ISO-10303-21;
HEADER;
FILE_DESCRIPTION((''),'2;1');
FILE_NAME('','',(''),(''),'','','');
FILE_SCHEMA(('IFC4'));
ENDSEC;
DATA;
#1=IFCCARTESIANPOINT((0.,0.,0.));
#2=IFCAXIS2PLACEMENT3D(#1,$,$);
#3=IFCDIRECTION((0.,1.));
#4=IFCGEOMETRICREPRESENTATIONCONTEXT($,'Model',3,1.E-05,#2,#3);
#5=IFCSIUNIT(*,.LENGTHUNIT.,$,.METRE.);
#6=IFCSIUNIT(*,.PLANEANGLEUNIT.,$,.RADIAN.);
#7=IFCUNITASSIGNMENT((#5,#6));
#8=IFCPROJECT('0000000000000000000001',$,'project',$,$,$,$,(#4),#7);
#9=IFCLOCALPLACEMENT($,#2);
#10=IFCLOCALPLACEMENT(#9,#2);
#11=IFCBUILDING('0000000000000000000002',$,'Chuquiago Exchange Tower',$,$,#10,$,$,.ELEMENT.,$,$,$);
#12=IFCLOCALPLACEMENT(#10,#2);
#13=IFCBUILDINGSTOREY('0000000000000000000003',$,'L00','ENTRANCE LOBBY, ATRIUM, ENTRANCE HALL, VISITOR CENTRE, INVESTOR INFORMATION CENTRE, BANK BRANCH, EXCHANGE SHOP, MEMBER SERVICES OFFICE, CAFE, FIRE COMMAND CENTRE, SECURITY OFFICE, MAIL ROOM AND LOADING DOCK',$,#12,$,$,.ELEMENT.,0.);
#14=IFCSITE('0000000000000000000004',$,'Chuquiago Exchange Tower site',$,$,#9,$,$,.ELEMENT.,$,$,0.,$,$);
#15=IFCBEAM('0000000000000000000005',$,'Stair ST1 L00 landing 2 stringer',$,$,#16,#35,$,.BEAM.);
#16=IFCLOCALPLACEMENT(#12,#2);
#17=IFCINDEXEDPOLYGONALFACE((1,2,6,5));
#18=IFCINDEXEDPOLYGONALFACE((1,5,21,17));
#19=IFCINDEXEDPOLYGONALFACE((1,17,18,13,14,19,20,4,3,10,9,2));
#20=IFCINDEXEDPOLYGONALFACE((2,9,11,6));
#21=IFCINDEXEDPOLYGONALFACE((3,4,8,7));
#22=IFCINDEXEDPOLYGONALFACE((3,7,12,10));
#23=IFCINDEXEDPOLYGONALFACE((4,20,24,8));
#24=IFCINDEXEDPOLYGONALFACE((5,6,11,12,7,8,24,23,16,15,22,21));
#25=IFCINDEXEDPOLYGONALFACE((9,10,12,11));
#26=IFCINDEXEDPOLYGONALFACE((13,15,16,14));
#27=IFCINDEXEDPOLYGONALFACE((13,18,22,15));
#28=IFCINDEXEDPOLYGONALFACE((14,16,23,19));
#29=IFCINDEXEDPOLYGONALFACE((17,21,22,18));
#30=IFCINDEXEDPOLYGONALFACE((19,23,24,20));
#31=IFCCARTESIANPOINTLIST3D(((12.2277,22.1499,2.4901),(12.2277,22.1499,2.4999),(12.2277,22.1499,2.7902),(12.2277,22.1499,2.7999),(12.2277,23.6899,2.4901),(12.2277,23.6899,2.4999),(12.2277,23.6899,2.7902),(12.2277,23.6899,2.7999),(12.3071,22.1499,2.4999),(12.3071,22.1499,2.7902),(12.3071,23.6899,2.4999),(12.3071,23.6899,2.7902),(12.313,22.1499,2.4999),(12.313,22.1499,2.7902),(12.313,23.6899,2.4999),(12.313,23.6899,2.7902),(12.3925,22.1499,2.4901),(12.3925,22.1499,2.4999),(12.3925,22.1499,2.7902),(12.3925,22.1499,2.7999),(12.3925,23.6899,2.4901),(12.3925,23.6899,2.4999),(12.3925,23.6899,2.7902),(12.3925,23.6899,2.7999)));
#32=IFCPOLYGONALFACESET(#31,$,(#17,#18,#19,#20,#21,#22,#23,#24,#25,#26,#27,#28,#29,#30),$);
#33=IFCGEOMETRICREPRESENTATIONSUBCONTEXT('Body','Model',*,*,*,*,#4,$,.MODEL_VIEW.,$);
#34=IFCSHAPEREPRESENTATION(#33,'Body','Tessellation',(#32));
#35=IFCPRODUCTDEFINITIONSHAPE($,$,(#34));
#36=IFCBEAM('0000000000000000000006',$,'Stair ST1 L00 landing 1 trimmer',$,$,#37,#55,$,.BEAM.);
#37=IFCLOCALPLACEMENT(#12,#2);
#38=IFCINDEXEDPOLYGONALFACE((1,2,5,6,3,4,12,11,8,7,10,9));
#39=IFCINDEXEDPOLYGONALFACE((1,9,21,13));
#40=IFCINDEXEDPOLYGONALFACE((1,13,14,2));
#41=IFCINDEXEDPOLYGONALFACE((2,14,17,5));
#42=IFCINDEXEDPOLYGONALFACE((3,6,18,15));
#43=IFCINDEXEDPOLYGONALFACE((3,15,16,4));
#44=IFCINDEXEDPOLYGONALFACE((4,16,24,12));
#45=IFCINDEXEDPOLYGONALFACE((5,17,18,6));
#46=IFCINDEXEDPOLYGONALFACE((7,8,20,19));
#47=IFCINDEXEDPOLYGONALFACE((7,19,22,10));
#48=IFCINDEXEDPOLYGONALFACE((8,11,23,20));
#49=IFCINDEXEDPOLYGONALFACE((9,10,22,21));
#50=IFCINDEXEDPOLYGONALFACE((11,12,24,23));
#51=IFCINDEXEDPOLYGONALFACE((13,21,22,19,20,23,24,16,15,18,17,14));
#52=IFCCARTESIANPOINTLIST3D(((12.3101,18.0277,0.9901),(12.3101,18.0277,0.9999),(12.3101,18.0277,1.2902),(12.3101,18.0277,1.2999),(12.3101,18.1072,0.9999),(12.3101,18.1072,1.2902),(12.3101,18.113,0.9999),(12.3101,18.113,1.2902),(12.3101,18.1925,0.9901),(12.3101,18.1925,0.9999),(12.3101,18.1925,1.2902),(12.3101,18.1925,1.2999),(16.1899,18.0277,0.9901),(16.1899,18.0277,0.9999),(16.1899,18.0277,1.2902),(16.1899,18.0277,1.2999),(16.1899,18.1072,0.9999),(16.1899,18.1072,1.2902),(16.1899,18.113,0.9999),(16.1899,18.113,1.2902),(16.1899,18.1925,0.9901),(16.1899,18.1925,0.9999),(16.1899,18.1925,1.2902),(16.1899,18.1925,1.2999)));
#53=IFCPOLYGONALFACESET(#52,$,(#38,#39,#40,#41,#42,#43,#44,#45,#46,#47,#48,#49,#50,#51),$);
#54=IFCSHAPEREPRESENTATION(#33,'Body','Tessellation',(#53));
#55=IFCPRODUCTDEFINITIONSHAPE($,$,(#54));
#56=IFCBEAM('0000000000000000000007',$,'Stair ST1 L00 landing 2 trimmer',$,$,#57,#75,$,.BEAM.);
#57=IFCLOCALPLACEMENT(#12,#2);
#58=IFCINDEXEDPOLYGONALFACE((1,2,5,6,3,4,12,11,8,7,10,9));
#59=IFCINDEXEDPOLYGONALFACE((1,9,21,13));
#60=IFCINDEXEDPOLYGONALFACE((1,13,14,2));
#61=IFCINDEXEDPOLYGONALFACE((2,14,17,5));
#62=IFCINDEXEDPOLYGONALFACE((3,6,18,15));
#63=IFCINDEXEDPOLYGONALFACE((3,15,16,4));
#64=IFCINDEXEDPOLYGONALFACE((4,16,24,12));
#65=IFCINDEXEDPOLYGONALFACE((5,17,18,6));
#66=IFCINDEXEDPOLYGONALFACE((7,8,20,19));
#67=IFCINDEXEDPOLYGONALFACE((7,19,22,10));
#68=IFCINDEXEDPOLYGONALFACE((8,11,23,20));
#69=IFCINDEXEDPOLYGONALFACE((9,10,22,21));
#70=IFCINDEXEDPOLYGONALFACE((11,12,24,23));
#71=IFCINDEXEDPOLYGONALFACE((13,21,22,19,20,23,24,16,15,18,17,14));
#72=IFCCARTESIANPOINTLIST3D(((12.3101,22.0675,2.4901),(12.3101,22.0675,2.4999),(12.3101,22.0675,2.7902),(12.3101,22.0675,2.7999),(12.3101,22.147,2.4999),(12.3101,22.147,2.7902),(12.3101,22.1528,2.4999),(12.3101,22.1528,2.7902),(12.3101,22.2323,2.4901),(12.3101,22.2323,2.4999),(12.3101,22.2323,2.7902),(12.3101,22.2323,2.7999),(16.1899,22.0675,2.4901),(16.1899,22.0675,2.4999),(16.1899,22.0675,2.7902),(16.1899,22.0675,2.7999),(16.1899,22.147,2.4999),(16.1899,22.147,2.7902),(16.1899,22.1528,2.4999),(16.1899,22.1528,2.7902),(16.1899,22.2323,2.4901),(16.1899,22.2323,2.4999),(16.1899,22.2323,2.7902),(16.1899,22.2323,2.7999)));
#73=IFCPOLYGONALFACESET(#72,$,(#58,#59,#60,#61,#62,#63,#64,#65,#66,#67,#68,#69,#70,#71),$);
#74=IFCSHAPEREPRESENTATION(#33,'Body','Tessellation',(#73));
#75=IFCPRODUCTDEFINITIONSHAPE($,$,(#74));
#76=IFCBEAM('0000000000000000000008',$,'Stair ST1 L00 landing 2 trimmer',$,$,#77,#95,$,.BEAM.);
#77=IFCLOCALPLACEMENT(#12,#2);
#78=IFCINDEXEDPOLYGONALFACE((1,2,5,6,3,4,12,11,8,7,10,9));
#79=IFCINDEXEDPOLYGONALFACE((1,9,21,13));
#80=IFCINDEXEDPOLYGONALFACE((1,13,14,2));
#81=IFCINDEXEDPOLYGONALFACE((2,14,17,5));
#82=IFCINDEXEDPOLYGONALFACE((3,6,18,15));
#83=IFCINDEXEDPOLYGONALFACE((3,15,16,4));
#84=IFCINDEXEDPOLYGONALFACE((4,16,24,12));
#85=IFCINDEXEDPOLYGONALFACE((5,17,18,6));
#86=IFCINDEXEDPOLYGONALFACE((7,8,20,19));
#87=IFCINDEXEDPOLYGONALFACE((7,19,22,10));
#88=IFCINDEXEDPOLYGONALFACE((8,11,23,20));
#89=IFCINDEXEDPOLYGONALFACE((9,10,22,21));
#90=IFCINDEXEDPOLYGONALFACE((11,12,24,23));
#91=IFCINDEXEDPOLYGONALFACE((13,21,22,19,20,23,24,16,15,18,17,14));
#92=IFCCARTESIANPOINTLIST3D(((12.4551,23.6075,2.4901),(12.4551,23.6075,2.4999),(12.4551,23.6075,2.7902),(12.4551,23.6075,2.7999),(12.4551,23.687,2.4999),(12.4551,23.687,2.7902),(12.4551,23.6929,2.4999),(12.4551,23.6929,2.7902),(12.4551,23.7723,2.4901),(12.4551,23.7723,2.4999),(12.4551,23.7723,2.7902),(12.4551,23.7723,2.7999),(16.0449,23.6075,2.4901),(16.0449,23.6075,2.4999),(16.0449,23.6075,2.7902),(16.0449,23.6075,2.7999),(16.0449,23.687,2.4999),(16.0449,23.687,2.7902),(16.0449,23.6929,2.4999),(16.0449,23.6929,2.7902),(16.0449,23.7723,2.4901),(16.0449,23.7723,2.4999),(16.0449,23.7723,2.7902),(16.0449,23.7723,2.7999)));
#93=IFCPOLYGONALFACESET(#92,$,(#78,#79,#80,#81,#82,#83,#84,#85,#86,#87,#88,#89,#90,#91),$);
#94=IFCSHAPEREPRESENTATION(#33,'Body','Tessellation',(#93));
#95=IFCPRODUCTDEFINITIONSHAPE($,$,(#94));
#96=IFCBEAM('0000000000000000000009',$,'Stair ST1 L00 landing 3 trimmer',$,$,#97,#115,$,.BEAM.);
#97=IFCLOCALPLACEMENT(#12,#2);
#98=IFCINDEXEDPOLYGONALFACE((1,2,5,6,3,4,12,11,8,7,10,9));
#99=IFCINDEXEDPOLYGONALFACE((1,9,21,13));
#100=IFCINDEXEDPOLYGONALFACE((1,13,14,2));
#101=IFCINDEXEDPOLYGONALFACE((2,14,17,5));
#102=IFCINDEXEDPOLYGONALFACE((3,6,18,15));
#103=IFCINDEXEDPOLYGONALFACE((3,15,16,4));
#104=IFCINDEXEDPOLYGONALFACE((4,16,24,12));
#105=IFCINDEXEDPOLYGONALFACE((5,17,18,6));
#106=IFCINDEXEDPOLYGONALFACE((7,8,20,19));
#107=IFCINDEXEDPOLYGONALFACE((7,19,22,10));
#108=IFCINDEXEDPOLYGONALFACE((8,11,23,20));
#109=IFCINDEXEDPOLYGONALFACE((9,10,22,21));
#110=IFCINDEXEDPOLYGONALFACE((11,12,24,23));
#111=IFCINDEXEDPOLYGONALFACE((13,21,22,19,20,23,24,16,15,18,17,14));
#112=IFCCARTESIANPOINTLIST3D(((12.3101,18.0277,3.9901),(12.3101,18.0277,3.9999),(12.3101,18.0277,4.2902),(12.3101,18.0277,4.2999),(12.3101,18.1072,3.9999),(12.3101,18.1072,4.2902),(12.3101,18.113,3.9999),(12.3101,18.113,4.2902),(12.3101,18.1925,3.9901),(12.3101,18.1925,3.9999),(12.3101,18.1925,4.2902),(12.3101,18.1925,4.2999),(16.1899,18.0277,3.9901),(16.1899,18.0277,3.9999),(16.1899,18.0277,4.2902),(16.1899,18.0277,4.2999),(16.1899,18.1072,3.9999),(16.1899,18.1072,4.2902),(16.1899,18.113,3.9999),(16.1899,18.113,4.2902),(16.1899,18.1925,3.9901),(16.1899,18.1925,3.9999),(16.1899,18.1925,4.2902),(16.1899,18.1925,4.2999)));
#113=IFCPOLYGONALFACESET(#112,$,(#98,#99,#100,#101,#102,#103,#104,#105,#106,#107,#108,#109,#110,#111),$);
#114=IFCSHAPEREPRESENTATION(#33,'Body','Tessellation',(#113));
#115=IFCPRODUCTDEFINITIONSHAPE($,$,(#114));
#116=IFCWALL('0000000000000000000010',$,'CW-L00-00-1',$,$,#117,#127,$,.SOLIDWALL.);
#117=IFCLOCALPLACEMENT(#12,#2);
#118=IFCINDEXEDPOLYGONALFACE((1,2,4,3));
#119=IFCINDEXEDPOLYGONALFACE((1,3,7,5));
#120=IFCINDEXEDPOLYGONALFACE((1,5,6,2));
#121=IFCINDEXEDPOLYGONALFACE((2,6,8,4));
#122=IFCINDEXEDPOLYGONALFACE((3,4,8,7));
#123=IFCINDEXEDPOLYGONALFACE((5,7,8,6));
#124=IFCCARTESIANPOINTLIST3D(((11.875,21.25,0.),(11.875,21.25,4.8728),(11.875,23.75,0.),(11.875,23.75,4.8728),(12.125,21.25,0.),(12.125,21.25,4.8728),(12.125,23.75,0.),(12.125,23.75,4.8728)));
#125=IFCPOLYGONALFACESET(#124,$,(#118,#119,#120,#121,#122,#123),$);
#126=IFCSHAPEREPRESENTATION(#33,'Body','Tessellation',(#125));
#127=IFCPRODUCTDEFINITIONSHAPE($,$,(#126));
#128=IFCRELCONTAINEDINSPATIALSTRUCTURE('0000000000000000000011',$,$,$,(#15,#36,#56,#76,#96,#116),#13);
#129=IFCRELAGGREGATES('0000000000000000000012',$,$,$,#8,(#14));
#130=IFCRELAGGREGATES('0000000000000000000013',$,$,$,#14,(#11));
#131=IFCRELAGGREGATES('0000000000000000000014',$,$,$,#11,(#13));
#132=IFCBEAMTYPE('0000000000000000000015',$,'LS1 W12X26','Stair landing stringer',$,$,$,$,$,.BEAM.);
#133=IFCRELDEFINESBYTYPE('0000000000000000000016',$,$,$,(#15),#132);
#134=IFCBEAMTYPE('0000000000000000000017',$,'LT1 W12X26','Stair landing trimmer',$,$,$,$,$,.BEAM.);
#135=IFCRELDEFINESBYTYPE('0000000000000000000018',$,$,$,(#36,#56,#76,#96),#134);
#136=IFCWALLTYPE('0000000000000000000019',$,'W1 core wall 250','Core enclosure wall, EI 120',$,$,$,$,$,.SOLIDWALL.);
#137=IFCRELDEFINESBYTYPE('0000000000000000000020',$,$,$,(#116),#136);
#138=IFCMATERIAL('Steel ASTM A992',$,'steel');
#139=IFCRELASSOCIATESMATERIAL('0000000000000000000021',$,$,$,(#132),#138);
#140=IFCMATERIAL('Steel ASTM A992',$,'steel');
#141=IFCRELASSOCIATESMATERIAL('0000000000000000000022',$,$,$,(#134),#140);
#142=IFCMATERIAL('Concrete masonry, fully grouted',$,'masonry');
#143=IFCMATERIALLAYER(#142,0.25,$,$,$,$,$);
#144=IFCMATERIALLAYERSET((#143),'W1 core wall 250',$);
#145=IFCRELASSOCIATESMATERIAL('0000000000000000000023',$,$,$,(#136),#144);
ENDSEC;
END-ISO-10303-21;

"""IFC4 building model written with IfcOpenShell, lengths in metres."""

from ifc_helpers import new_model, si_unit, direction, frame, frame_2d, origin, origin_2d, place, context, subcontext, project, spatial, rectangle, i_section, extrude, material, layer, layer_set, material_profile, profile_set, type_object, element, save


model = new_model("IFC4")

# Units and contexts
model_context = context("Model", 3, precision=1e-05, world=origin(), true_north=direction((0.0, 1.0)))
body_context = subcontext(model_context, "Body", "Model", "MODEL_VIEW")
ifc_project = project(units=[si_unit("LENGTHUNIT", "METRE"), si_unit("PLANEANGLEUNIT", "RADIAN")], contexts=[model_context])

# Site, building, storey
site_placement = place(None, origin())
site = spatial("IfcSite", under=ifc_project, at=site_placement, Name="Chuquiago Exchange Tower site", CompositionType="ELEMENT", RefElevation=0.0)
building_placement = place(site_placement, origin())
building = spatial("IfcBuilding", under=site, at=building_placement, Name="Chuquiago Exchange Tower", CompositionType="ELEMENT")
storey_placement = place(building_placement, origin())
storey = spatial("IfcBuildingStorey", under=building, at=storey_placement, Name="L00", Description="ENTRANCE LOBBY, ATRIUM, ENTRANCE HALL, VISITOR CENTRE, INVESTOR INFORMATION CENTRE, BANK BRANCH, EXCHANGE SHOP, MEMBER SERVICES OFFICE, CAFE, FIRE COMMAND CENTRE, SECURITY OFFICE, MAIL ROOM AND LOADING DOCK", CompositionType="ELEMENT", Elevation=0.0)

# Beams
ifc_material_1 = material(Name="Steel ASTM A992", Category="steel")
ifc_material_profile_1 = material_profile(ifc_material_1, i_section(OverallWidth=0.1648, OverallDepth=0.3098, WebThickness=0.0059, FlangeThickness=0.0098, at=origin_2d()), Name="W12X26")
ifc_profile_set_1 = profile_set([ifc_material_profile_1], Name="Steel ASTM A992")
beam_type_1 = type_object("IfcBeamType", Name="LS1 W12X26", Description="Stair landing stringer", PredefinedType="BEAM", material=ifc_profile_set_1)
beam_1_placement = place(storey_placement, frame((12.3101, 22.1499, 2.645), z_axis=(0.0, 1.0, 0.0), x_axis=(-1.0, 0.0, 0.0)))
element("IfcBeam", 1, at=beam_1_placement, inside=storey, type_object=beam_type_1, Name="Stair ST1 L00 landing 2 stringer", PredefinedType="BEAM", context=body_context, shape_type="SweptSolid", body=[
    extrude(i_section(OverallWidth=0.1648, OverallDepth=0.3098, WebThickness=0.0059, FlangeThickness=0.0098, at=origin_2d()), origin(), (0.0, 0.0, 1.0), 1.54),
])
ifc_material_2 = material(Name="Steel ASTM A992", Category="steel")
ifc_material_profile_2 = material_profile(ifc_material_2, i_section(OverallWidth=0.1648, OverallDepth=0.3098, WebThickness=0.0059, FlangeThickness=0.0098, at=origin_2d()), Name="W12X26")
ifc_profile_set_2 = profile_set([ifc_material_profile_2], Name="Steel ASTM A992")
beam_type_2 = type_object("IfcBeamType", Name="LT1 W12X26", Description="Stair landing trimmer", PredefinedType="BEAM", material=ifc_profile_set_2)
for number, where, z_axis, x_axis, name in (
    (2, (12.3101, 18.1101, 1.145), (1.0, 0.0, 0.0), (0.0, 1.0, 0.0), "Stair ST1 L00 landing 1 trimmer"),
    (3, (12.3101, 22.1499, 2.645), (1.0, 0.0, 0.0), (0.0, 1.0, 0.0), "Stair ST1 L00 landing 2 trimmer"),
):
    element("IfcBeam", number, at=place(storey_placement, frame(where, z_axis=z_axis, x_axis=x_axis)), inside=storey, type_object=beam_type_2, Name=name, PredefinedType="BEAM", context=body_context, shape_type="SweptSolid", body=[
        extrude(i_section(OverallWidth=0.1648, OverallDepth=0.3098, WebThickness=0.0059, FlangeThickness=0.0098, at=origin_2d()), origin(), (0.0, 0.0, 1.0), 3.8799),
    ])
beam_2_placement = place(storey_placement, frame((12.4551, 23.6899, 2.645), z_axis=(1.0, 0.0, 0.0), x_axis=(0.0, 1.0, 0.0)))
element("IfcBeam", 4, at=beam_2_placement, inside=storey, type_object=beam_type_2, Name="Stair ST1 L00 landing 2 trimmer", PredefinedType="BEAM", context=body_context, shape_type="SweptSolid", body=[
    extrude(i_section(OverallWidth=0.1648, OverallDepth=0.3098, WebThickness=0.0059, FlangeThickness=0.0098, at=origin_2d()), origin(), (0.0, 0.0, 1.0), 3.5898),
])
beam_3_placement = place(storey_placement, frame((12.3101, 18.1101, 4.145), z_axis=(1.0, 0.0, 0.0), x_axis=(0.0, 1.0, 0.0)))
element("IfcBeam", 5, at=beam_3_placement, inside=storey, type_object=beam_type_2, Name="Stair ST1 L00 landing 3 trimmer", PredefinedType="BEAM", context=body_context, shape_type="SweptSolid", body=[
    extrude(i_section(OverallWidth=0.1648, OverallDepth=0.3098, WebThickness=0.0059, FlangeThickness=0.0098, at=origin_2d()), origin(), (0.0, 0.0, 1.0), 3.8799),
])

# Wall
ifc_material_3 = material(Name="Concrete masonry, fully grouted", Category="masonry")
ifc_layer = layer(ifc_material_3, 0.25)
ifc_layer_set = layer_set([ifc_layer], Name="W1 core wall 250")
wall_type = type_object("IfcWallType", Name="W1 core wall 250", Description="Core enclosure wall, EI 120", PredefinedType="SOLIDWALL", material=ifc_layer_set)
wall_placement = place(storey_placement, frame((12.0, 21.25, 0.0), z_axis=(0.0, 0.0, 1.0), x_axis=(0.0, 1.0, 0.0)))
element("IfcWall", 6, at=wall_placement, inside=storey, type_object=wall_type, Name="CW-L00-00-1", PredefinedType="SOLIDWALL", context=body_context, shape_type="SweptSolid", body=[
    extrude(rectangle(XDim=2.5, YDim=0.25, at=frame_2d((1.25, 0.0))), origin(), (0.0, 0.0, 1.0), 4.8728),
])

save(model, "model.ifc")
